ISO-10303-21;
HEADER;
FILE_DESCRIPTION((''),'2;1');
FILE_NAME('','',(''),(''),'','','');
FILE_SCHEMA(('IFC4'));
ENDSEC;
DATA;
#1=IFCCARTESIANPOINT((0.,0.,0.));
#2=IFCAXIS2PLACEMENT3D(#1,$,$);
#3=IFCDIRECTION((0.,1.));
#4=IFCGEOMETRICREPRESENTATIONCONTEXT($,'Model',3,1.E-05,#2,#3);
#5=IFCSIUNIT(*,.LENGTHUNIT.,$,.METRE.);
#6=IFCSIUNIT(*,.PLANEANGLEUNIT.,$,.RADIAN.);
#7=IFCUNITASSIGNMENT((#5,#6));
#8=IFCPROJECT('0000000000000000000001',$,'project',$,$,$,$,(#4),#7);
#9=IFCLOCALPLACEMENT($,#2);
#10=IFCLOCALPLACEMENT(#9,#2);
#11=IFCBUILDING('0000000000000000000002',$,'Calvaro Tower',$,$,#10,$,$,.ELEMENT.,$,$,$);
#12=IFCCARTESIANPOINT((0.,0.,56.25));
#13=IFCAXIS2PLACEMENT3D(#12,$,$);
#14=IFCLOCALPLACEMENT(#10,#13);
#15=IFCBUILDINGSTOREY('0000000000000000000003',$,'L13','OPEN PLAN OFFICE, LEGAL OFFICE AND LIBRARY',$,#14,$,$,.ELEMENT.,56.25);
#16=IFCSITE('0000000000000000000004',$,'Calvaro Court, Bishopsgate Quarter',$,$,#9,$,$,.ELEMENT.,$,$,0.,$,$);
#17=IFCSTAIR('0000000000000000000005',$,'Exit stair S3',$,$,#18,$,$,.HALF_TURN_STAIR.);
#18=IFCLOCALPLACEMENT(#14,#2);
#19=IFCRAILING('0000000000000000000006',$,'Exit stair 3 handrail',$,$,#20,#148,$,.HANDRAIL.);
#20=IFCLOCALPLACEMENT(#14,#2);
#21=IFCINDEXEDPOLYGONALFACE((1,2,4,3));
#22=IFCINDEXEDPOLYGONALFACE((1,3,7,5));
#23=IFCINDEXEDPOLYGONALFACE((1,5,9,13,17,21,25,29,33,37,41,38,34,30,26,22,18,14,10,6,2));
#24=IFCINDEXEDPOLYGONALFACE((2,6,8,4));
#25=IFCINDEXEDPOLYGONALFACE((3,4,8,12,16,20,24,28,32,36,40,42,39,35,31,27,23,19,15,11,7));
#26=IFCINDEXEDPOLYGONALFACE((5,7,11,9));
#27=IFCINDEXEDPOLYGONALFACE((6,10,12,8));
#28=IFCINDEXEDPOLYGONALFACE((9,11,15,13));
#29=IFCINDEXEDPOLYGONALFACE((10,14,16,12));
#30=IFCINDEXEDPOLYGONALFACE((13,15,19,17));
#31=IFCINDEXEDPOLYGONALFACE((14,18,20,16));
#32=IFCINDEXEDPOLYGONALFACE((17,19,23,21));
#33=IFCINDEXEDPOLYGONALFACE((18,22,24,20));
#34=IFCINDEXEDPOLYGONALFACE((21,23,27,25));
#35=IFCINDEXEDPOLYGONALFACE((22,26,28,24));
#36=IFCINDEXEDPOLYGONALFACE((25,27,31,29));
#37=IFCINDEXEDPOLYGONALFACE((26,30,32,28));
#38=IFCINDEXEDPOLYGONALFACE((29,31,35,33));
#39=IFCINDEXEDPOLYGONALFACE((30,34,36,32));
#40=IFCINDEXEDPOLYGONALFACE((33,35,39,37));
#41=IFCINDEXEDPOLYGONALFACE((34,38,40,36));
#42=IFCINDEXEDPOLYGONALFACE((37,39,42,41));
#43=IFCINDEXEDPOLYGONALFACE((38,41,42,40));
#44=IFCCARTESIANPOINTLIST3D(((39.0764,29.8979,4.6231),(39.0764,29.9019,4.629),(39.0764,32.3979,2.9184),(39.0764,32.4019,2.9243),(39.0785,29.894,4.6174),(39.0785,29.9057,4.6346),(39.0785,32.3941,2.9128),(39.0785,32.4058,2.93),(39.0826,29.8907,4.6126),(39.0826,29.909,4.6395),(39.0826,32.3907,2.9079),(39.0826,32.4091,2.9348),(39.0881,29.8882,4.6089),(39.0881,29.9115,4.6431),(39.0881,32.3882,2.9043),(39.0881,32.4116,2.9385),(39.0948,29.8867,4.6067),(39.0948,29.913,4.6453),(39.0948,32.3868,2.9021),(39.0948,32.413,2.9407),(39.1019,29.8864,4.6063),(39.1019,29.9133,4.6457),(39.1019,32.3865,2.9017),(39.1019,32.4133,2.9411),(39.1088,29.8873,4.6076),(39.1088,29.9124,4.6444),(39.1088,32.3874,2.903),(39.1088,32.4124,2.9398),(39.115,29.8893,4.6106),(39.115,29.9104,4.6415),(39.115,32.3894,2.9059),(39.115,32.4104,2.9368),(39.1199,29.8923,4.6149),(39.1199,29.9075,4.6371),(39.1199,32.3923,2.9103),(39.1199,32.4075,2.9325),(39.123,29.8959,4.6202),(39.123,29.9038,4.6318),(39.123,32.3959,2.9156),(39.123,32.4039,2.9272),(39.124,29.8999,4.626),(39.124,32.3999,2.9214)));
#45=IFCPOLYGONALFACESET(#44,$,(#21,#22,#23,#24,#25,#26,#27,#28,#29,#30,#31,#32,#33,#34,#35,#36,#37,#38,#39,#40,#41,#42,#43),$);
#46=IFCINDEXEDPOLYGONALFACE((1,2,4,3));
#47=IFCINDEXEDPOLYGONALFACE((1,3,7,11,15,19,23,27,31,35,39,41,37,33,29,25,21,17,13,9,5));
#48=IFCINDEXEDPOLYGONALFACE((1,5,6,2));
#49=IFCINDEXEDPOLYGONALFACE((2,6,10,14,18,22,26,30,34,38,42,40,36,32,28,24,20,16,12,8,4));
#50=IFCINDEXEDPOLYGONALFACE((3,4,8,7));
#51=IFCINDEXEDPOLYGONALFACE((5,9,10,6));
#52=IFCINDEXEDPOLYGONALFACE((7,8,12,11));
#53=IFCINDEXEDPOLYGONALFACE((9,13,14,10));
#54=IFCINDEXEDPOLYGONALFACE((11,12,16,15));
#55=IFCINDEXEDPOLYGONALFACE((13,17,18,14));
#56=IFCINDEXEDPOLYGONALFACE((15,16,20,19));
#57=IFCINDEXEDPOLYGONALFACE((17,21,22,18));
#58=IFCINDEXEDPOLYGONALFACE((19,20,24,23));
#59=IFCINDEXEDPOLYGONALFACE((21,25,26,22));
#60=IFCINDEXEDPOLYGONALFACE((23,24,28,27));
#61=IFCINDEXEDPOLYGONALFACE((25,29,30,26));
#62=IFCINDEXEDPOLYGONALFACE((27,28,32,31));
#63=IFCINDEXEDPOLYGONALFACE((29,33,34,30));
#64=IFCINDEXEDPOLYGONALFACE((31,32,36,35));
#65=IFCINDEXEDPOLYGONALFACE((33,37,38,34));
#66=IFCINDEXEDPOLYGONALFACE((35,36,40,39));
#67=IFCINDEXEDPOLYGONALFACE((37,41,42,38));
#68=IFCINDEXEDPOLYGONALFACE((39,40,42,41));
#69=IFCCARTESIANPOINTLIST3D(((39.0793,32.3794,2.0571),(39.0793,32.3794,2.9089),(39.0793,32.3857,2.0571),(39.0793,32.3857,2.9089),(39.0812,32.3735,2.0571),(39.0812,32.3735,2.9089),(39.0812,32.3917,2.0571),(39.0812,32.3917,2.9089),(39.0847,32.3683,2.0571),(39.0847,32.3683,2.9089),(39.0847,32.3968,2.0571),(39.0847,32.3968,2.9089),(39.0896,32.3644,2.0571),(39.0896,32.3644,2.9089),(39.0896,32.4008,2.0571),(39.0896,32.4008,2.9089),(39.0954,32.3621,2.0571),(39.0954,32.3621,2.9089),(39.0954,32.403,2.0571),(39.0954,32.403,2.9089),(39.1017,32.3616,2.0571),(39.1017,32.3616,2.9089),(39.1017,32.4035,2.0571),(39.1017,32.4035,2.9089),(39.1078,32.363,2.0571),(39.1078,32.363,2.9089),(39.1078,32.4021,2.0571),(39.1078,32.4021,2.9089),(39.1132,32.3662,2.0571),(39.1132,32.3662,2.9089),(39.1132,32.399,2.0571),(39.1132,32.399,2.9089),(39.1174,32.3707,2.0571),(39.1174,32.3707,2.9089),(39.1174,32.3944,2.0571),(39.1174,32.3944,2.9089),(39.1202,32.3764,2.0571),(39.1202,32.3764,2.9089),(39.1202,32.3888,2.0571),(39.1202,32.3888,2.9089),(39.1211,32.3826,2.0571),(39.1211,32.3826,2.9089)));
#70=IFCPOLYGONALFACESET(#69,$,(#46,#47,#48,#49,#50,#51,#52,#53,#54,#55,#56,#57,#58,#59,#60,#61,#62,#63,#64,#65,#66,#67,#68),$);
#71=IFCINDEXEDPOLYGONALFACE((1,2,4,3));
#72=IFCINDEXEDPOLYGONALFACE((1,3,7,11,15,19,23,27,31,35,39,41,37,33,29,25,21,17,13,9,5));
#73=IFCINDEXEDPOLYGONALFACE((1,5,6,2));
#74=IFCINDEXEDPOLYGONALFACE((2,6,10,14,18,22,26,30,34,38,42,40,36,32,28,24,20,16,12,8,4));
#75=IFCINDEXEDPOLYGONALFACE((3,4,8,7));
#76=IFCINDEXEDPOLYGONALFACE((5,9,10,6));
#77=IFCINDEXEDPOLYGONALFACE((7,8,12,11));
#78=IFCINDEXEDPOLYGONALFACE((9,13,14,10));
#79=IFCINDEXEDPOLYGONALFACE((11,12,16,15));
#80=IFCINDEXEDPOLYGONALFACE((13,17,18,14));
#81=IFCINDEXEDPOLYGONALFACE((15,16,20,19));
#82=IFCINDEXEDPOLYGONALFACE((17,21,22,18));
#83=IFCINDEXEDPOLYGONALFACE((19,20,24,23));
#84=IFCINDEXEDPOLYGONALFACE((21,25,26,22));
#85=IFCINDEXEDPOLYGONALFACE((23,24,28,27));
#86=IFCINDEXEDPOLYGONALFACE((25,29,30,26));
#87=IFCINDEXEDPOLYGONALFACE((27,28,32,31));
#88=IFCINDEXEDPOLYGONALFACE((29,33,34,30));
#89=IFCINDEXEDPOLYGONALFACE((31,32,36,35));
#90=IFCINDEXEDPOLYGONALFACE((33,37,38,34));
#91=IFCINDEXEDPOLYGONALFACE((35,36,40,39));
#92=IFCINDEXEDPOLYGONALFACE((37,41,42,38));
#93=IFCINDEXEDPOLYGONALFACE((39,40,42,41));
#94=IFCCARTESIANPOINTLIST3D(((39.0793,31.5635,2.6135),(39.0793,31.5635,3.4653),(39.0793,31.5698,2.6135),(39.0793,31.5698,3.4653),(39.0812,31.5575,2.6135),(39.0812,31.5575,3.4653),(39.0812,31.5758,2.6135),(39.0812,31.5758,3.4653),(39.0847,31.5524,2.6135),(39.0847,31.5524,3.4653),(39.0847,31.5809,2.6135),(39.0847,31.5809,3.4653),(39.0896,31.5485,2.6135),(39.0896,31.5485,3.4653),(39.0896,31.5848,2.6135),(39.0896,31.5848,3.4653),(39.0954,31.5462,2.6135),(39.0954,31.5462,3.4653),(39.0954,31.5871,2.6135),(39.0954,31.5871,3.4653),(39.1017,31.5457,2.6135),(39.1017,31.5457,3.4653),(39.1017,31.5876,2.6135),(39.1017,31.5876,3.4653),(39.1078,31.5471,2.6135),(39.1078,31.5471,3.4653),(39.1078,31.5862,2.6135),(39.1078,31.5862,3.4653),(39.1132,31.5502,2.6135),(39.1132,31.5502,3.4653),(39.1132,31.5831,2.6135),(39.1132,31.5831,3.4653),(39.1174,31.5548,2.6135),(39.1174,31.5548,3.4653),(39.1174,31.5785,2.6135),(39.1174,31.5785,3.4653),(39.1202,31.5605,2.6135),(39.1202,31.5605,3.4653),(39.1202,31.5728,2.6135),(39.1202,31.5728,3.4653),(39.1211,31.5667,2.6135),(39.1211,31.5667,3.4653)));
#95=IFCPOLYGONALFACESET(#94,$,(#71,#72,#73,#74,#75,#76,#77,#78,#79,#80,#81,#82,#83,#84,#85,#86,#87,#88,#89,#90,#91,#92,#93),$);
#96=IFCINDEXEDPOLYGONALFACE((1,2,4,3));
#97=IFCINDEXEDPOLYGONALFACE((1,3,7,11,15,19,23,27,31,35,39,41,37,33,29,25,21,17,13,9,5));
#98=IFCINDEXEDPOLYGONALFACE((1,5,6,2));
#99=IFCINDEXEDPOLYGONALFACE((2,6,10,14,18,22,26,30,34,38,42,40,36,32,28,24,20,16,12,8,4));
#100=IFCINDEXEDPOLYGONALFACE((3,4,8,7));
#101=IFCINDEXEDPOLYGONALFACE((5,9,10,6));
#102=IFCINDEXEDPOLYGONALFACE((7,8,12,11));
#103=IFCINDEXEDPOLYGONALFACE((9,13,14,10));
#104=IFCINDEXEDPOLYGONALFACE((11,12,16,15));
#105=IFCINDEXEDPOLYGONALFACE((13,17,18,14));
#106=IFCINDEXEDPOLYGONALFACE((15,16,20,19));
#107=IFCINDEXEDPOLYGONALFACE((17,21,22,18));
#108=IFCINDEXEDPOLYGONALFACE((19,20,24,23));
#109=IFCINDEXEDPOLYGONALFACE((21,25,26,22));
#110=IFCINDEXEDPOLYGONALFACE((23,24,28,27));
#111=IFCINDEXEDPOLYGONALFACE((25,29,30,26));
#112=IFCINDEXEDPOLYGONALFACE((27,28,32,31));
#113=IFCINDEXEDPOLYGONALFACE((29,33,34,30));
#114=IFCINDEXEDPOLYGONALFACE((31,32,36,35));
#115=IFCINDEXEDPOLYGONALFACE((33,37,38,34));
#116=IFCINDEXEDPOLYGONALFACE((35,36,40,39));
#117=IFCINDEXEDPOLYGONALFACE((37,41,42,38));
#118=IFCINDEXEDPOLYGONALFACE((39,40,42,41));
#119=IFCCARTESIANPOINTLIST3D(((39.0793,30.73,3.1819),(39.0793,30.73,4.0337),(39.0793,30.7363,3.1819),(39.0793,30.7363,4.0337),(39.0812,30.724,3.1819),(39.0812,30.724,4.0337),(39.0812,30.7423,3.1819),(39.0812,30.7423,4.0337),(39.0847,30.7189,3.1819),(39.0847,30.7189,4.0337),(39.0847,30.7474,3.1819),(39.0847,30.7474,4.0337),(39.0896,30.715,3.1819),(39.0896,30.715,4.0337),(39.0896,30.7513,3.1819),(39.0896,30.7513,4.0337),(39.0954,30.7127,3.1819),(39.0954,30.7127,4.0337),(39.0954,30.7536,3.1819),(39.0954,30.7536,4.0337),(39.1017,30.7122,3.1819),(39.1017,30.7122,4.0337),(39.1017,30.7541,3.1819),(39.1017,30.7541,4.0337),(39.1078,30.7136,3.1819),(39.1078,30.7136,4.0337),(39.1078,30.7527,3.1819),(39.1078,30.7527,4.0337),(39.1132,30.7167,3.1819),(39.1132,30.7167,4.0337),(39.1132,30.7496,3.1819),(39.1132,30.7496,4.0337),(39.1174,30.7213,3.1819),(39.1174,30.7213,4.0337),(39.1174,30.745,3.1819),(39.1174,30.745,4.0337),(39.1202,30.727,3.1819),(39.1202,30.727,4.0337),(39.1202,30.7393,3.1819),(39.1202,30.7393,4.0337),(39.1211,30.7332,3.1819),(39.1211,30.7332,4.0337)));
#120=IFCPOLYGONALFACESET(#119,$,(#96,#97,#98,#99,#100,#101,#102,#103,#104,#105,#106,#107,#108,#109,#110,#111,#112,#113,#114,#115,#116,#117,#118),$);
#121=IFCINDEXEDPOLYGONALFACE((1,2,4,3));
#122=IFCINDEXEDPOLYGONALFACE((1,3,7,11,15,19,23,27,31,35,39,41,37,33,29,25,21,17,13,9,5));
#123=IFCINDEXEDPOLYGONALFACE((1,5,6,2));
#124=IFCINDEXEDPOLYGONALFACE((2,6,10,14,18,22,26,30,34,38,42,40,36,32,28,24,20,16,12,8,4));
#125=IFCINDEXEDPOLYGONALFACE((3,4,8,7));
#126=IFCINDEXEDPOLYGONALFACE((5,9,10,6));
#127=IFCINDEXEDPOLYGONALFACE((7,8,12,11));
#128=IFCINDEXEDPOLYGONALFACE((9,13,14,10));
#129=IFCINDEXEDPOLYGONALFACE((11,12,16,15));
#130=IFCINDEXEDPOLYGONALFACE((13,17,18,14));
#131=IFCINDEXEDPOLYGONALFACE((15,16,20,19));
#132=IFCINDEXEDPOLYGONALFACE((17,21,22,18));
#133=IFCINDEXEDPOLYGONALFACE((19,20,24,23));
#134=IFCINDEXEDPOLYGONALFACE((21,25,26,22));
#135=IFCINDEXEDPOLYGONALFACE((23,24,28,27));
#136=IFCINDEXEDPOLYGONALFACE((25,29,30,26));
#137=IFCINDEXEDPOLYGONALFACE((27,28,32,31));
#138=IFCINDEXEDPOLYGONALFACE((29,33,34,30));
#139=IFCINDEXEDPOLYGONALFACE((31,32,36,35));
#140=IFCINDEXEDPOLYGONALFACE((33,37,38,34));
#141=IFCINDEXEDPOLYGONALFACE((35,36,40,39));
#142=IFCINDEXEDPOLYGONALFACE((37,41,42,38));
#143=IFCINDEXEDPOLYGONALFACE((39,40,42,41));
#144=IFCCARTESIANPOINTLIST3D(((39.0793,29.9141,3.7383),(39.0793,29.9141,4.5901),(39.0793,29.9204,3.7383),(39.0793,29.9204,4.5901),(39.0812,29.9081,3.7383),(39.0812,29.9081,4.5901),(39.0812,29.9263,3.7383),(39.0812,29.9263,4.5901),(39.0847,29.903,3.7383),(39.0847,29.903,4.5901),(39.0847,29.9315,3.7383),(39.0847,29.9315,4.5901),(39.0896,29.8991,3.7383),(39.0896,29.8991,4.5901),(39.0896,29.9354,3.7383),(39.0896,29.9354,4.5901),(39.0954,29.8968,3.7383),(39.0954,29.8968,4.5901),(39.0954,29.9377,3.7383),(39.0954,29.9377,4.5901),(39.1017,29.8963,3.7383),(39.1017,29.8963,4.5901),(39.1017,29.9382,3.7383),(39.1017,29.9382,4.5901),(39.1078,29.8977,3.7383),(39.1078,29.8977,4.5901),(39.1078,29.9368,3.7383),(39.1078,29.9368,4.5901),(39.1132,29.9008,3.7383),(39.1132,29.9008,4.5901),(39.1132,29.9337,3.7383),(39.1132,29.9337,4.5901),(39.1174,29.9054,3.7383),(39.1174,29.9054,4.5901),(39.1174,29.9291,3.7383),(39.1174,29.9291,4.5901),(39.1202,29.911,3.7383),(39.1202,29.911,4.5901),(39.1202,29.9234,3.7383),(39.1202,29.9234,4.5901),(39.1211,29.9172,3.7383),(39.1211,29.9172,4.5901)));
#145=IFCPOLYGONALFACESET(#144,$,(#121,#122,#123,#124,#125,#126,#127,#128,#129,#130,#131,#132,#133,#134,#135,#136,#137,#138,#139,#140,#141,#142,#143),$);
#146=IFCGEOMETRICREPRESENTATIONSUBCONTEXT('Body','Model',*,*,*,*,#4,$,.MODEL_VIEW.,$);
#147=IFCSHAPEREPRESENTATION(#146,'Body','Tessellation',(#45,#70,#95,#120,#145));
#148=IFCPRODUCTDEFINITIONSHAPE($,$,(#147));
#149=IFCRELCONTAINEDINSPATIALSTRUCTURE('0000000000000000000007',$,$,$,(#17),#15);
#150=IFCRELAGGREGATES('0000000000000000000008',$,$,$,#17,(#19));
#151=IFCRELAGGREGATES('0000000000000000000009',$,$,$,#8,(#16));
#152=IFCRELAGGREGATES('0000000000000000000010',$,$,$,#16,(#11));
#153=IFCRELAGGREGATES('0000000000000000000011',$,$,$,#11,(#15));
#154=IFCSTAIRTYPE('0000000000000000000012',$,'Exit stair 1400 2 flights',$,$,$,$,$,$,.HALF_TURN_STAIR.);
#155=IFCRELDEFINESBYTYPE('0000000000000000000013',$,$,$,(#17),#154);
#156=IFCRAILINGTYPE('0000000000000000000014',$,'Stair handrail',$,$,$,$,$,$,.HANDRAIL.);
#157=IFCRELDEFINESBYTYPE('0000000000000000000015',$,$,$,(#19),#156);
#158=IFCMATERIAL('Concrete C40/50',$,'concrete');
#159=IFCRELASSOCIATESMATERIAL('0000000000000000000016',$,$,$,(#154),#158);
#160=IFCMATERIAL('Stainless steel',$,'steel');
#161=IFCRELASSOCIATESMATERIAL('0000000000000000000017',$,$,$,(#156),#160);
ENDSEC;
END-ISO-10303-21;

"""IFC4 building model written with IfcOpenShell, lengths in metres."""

from ifc_helpers import new_model, si_unit, direction, frame, origin, origin_2d, place, context, subcontext, project, spatial, circle, extrude, material, type_object, element, aggregate, save


model = new_model("IFC4")

# Units and contexts
model_context = context("Model", 3, precision=1e-05, world=origin(), true_north=direction((0.0, 1.0)))
body_context = subcontext(model_context, "Body", "Model", "MODEL_VIEW")
ifc_project = project(units=[si_unit("LENGTHUNIT", "METRE"), si_unit("PLANEANGLEUNIT", "RADIAN")], contexts=[model_context])

# Site, building, storey
site_placement = place(None, origin())
site = spatial("IfcSite", under=ifc_project, at=site_placement, Name="Calvaro Court, Bishopsgate Quarter", CompositionType="ELEMENT", RefElevation=0.0)
building_placement = place(site_placement, origin())
building = spatial("IfcBuilding", under=site, at=building_placement, Name="Calvaro Tower", CompositionType="ELEMENT")
storey_placement = place(building_placement, frame((0.0, 0.0, 56.25)))
storey = spatial("IfcBuildingStorey", under=building, at=storey_placement, Name="L13", Description="OPEN PLAN OFFICE, LEGAL OFFICE AND LIBRARY", CompositionType="ELEMENT", Elevation=56.25)

# Stair
ifc_material_1 = material(Name="Concrete C40/50", Category="concrete")
stair_type = type_object("IfcStairType", Name="Exit stair 1400 2 flights", PredefinedType="HALF_TURN_STAIR", material=ifc_material_1)
stair_1_placement = place(storey_placement, origin())
stair_1 = element("IfcStair", 1, at=stair_1_placement, inside=storey, type_object=stair_type, Name="Exit stair S3", PredefinedType="HALF_TURN_STAIR")

# Railing
ifc_material_2 = material(Name="Stainless steel", Category="steel")
railing_type = type_object("IfcRailingType", Name="Stair handrail", PredefinedType="HANDRAIL", material=ifc_material_2)
railing_1_placement = place(storey_placement, frame((39.1001, 32.3999, 2.0454)))
railing_1 = element("IfcRailing", 2, at=railing_1_placement, type_object=railing_type, Name="Exit stair 3 handrail", PredefinedType="HANDRAIL", context=body_context, shape_type="SweptSolid", body=[
    extrude(circle(Radius=0.0239, at=origin_2d()), frame((0.0, 0.0, 0.876), z_axis=(0.0, -0.826221, 0.563347), x_axis=(1.0, 0.0, 0.0)), (0.0, 0.0, 1.0), 3.0259),
    extrude(circle(Radius=0.021, at=origin_2d()), frame((0.0, -0.0173, 0.0117)), (0.0, 0.0, 1.0), 0.8518),
    extrude(circle(Radius=0.021, at=origin_2d()), frame((0.0, -0.8333, 0.5681)), (0.0, 0.0, 1.0), 0.8518),
    extrude(circle(Radius=0.021, at=origin_2d()), frame((0.0, -1.6667, 1.1365)), (0.0, 0.0, 1.0), 0.8518),
    extrude(circle(Radius=0.021, at=origin_2d()), frame((0.0, -2.4827, 1.6929)), (0.0, 0.0, 1.0), 0.8518),
])
aggregate(stair_1, [railing_1])

save(model, "model.ifc")
